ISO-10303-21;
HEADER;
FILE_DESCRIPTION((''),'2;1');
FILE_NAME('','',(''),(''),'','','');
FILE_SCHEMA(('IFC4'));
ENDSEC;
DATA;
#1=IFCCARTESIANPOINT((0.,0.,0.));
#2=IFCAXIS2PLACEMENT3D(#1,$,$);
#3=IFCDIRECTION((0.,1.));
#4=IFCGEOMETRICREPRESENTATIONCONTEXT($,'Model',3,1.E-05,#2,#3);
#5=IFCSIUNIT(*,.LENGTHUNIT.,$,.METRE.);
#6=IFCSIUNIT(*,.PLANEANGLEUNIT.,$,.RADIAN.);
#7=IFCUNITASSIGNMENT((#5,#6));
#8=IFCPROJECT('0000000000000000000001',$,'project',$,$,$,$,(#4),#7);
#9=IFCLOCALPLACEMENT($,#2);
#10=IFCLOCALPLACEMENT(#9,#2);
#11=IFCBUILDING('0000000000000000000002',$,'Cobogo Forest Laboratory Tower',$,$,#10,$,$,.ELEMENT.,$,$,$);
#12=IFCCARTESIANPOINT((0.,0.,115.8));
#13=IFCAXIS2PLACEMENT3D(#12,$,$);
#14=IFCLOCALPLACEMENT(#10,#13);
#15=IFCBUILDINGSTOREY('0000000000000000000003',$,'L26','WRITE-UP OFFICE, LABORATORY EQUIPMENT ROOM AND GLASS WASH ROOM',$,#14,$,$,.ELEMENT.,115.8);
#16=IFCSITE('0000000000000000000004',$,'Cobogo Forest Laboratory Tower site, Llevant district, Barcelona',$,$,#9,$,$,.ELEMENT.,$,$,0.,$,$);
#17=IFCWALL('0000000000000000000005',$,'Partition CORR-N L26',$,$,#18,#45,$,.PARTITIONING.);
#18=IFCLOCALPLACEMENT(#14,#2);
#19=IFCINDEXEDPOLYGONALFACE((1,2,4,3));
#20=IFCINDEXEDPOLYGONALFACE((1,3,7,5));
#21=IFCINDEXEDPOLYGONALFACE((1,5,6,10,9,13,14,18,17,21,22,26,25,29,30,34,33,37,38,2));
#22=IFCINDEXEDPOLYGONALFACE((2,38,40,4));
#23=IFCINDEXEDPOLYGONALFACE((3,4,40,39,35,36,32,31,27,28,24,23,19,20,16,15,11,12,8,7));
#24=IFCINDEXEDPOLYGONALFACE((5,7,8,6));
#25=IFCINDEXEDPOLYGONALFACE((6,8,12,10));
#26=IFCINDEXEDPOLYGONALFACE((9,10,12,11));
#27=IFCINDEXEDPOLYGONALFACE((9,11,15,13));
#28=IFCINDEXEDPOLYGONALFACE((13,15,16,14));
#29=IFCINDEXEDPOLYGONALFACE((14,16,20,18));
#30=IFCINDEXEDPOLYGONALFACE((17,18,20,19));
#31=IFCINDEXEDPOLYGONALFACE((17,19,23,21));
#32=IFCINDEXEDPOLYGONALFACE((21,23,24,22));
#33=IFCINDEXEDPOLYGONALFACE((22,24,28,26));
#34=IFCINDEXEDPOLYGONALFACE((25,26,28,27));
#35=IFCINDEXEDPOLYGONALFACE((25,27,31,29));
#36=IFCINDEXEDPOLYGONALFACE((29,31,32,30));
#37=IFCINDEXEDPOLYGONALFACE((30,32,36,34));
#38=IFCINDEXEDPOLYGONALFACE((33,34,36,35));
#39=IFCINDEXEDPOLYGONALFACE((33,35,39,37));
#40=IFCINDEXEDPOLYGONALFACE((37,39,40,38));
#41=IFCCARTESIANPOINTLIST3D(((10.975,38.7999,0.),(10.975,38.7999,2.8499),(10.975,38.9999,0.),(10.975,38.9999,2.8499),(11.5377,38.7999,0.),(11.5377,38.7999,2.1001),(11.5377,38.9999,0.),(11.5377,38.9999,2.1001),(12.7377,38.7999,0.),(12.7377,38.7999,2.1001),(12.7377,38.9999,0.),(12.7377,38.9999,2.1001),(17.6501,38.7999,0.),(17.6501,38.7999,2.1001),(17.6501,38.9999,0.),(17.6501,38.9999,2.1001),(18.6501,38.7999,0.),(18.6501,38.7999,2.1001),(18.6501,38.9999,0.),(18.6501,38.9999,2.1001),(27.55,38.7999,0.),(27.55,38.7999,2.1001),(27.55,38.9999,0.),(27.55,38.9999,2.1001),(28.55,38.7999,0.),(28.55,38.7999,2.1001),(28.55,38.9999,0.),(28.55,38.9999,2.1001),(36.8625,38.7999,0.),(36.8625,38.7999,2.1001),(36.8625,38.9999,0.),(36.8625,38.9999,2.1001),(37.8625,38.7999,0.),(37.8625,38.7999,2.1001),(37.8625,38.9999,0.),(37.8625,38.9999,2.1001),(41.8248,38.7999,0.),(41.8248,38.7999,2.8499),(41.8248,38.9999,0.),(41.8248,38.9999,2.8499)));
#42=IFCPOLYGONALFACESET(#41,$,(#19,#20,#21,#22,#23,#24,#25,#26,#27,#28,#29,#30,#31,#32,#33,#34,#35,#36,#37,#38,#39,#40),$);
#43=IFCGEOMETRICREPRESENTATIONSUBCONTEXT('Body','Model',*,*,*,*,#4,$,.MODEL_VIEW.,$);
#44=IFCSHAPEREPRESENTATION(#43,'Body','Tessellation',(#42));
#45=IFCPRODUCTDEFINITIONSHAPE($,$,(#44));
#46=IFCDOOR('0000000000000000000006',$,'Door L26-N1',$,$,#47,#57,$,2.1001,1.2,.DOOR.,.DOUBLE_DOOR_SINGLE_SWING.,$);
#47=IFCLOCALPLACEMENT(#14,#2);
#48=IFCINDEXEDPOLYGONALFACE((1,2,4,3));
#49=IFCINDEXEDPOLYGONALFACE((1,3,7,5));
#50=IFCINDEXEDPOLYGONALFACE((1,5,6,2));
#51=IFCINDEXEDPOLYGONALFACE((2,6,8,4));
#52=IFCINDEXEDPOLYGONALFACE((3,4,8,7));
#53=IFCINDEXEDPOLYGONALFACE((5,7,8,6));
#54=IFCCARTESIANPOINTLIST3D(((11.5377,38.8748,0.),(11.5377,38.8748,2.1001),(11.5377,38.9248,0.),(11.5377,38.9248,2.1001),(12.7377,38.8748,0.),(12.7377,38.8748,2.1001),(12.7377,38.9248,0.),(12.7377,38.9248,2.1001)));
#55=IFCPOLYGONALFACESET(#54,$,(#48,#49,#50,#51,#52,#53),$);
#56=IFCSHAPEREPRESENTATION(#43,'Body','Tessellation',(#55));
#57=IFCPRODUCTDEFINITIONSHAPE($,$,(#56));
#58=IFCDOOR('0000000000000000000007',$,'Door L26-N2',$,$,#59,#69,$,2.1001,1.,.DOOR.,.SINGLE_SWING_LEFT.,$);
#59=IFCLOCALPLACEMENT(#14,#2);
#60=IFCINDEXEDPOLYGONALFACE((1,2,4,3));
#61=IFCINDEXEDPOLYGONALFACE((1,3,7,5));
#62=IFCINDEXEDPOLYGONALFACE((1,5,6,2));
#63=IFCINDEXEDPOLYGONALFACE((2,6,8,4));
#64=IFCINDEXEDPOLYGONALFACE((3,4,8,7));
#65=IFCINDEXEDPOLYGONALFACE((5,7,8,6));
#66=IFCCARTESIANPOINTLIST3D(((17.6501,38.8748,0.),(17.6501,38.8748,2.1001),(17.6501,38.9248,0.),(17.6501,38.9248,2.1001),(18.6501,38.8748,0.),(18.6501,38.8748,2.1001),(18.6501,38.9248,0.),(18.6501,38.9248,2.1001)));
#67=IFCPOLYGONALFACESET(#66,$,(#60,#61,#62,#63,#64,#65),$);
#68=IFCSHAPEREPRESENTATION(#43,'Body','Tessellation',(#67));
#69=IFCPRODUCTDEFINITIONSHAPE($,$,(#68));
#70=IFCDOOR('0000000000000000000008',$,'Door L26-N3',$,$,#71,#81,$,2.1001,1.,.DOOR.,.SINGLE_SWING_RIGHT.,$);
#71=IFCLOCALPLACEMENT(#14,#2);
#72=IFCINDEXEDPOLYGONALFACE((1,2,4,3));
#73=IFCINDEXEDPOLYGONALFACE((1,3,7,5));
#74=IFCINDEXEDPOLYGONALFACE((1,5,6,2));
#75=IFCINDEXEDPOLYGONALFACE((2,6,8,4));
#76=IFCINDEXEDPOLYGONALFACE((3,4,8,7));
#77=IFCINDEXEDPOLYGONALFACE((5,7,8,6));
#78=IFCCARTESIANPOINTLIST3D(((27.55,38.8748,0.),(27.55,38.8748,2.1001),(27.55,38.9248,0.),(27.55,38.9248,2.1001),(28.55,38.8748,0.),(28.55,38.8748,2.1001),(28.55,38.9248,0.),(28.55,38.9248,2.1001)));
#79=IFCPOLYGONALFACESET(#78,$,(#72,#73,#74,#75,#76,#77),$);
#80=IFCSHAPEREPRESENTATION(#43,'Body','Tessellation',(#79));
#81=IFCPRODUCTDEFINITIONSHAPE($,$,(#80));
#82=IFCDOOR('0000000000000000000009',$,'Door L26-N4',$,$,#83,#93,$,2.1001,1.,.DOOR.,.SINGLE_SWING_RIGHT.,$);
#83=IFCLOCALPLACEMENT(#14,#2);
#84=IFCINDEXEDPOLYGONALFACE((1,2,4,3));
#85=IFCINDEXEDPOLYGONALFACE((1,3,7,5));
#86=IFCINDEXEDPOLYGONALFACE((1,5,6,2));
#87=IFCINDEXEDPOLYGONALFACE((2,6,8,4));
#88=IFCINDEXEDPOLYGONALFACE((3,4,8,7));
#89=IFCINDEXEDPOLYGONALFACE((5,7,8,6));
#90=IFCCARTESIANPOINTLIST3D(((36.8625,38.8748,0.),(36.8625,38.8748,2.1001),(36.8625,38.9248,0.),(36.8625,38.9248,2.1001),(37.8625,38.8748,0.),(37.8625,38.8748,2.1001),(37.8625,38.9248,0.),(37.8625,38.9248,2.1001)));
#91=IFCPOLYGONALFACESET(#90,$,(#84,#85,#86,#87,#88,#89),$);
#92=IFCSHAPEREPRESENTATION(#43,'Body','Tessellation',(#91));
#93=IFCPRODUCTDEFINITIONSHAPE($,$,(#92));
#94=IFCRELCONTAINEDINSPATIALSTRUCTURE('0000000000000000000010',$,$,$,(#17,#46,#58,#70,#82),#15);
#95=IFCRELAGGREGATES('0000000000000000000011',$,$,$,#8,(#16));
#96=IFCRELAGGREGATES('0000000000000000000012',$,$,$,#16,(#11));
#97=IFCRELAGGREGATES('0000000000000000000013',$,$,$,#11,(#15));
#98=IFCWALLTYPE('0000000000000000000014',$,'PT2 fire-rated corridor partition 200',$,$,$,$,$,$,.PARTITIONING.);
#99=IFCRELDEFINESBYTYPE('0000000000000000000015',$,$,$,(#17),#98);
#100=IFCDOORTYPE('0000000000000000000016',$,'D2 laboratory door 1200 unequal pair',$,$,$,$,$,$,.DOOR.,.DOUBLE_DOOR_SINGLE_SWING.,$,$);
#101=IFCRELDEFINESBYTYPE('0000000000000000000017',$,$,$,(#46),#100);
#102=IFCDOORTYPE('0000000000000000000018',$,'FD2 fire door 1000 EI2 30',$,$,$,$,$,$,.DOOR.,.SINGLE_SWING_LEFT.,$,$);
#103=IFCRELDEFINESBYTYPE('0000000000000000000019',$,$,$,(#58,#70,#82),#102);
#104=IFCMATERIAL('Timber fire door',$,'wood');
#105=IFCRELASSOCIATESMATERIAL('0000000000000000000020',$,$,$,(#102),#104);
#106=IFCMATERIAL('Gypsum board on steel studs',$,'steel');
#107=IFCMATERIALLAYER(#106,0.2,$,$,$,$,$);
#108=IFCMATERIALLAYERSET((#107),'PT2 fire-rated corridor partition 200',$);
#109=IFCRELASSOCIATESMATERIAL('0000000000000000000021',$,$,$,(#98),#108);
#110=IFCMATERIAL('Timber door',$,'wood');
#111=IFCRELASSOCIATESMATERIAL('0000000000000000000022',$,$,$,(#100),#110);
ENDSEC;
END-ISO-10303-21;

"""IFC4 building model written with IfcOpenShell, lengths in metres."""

from ifc_helpers import new_model, si_unit, direction, frame, frame_2d, origin, place, context, subcontext, project, spatial, rectangle, extrude, material, layer, layer_set, type_object, element, fill, save


model = new_model("IFC4")

# Units and contexts
model_context = context("Model", 3, precision=1e-05, world=origin(), true_north=direction((0.0, 1.0)))
body_context = subcontext(model_context, "Body", "Model", "MODEL_VIEW")
ifc_project = project(units=[si_unit("LENGTHUNIT", "METRE"), si_unit("PLANEANGLEUNIT", "RADIAN")], contexts=[model_context])

# Site, building, storey
site_placement = place(None, origin())
site = spatial("IfcSite", under=ifc_project, at=site_placement, Name="Cobogo Forest Laboratory Tower site, Llevant district, Barcelona", CompositionType="ELEMENT", RefElevation=0.0)
building_placement = place(site_placement, origin())
building = spatial("IfcBuilding", under=site, at=building_placement, Name="Cobogo Forest Laboratory Tower", CompositionType="ELEMENT")
storey_placement = place(building_placement, frame((0.0, 0.0, 115.8)))
storey = spatial("IfcBuildingStorey", under=building, at=storey_placement, Name="L26", Description="WRITE-UP OFFICE, LABORATORY EQUIPMENT ROOM AND GLASS WASH ROOM", CompositionType="ELEMENT", Elevation=115.8)

# Shared definitions
ifc_material_1 = material(Name="Gypsum board on steel studs", Category="steel")
ifc_material_2 = material(Name="Timber fire door", Category="wood")
door_type_1 = type_object("IfcDoorType", Name="FD2 fire door 1000 EI2 30", OperationType="SINGLE_SWING_LEFT", PredefinedType="DOOR", material=ifc_material_2)

# Wall, openings, doors
ifc_layer_1 = layer(ifc_material_1, 0.2)
ifc_layer_set_1 = layer_set([ifc_layer_1], Name="PT2 fire-rated corridor partition 200")
wall_type_1 = type_object("IfcWallType", Name="PT2 fire-rated corridor partition 200", PredefinedType="PARTITIONING", material=ifc_layer_set_1)
wall_1_placement = place(storey_placement, frame((10.9751, 38.8999, 0.0), z_axis=(0.0, 0.0, 1.0), x_axis=(1.0, 0.0, 0.0)))
wall_1 = element("IfcWall", 1, at=wall_1_placement, inside=storey, type_object=wall_type_1, Name="Partition CORR-N L26", PredefinedType="PARTITIONING", context=body_context, shape_type="SweptSolid", body=[
    extrude(rectangle(XDim=30.8499, YDim=0.2, at=frame_2d((15.4248, 0.0))), origin(), (0.0, 0.0, 1.0), 2.8499),
])
opening_1_placement = place(wall_1_placement, frame((0.5625, 0.0, 0.0)))
opening_1 = element("IfcOpeningElement", 2, at=opening_1_placement, cuts=wall_1, PredefinedType="OPENING", context=body_context, shape_type="SweptSolid", body=[
    extrude(rectangle(XDim=1.2, YDim=2.1001, at=frame_2d((0.6001, 1.05))), frame((0.0, 0.1099, 0.0), z_axis=(0.0, -1.0, 0.0), x_axis=(1.0, 0.0, 0.0)), (0.0, 0.0, 1.0), 0.22),
])
opening_2_placement = place(wall_1_placement, frame((6.675, 0.0, 0.0)))
opening_2 = element("IfcOpeningElement", 3, at=opening_2_placement, cuts=wall_1, PredefinedType="OPENING", context=body_context, shape_type="SweptSolid", body=[
    extrude(rectangle(XDim=1.0, YDim=2.1001, at=frame_2d((0.5, 1.05))), frame((0.0, 0.1099, 0.0), z_axis=(0.0, -1.0, 0.0), x_axis=(1.0, 0.0, 0.0)), (0.0, 0.0, 1.0), 0.22),
])
opening_3_placement = place(wall_1_placement, frame((16.575, 0.0, 0.0)))
opening_3 = element("IfcOpeningElement", 4, at=opening_3_placement, cuts=wall_1, PredefinedType="OPENING", context=body_context, shape_type="SweptSolid", body=[
    extrude(rectangle(XDim=1.0, YDim=2.1001, at=frame_2d((0.5, 1.05))), frame((0.0, 0.1099, 0.0), z_axis=(0.0, -1.0, 0.0), x_axis=(1.0, 0.0, 0.0)), (0.0, 0.0, 1.0), 0.22),
])
opening_4_placement = place(wall_1_placement, frame((25.8875, 0.0, 0.0)))
opening_4 = element("IfcOpeningElement", 5, at=opening_4_placement, cuts=wall_1, PredefinedType="OPENING", context=body_context, shape_type="SweptSolid", body=[
    extrude(rectangle(XDim=1.0, YDim=2.1001, at=frame_2d((0.5, 1.05))), frame((0.0, 0.1099, 0.0), z_axis=(0.0, -1.0, 0.0), x_axis=(1.0, 0.0, 0.0)), (0.0, 0.0, 1.0), 0.22),
])
ifc_material_3 = material(Name="Timber door", Category="wood")
door_type_2 = type_object("IfcDoorType", Name="D2 laboratory door 1200 unequal pair", OperationType="DOUBLE_DOOR_SINGLE_SWING", PredefinedType="DOOR", material=ifc_material_3)
door_1_placement = place(opening_1_placement, origin())
door_1 = element("IfcDoor", 6, at=door_1_placement, inside=storey, type_object=door_type_2, Name="Door L26-N1", OperationType="DOUBLE_DOOR_SINGLE_SWING", OverallHeight=2.1001, OverallWidth=1.2, PredefinedType="DOOR", context=body_context, shape_type="SweptSolid", body=[
    extrude(rectangle(XDim=1.2, YDim=2.1001, at=frame_2d((0.6001, 1.05))), frame((0.0, 0.0249, 0.0), z_axis=(0.0, -1.0, 0.0), x_axis=(1.0, 0.0, 0.0)), (0.0, 0.0, 1.0), 0.05),
])
fill(opening_1, door_1)
door_2_placement = place(opening_2_placement, origin())
door_2 = element("IfcDoor", 7, at=door_2_placement, inside=storey, type_object=door_type_1, Name="Door L26-N2", OperationType="SINGLE_SWING_LEFT", OverallHeight=2.1001, OverallWidth=1.0, PredefinedType="DOOR", context=body_context, shape_type="SweptSolid", body=[
    extrude(rectangle(XDim=1.0, YDim=2.1001, at=frame_2d((0.5, 1.05))), frame((0.0, 0.0249, 0.0), z_axis=(0.0, -1.0, 0.0), x_axis=(1.0, 0.0, 0.0)), (0.0, 0.0, 1.0), 0.05),
])
fill(opening_2, door_2)
door_3_placement = place(opening_3_placement, origin())
door_3 = element("IfcDoor", 8, at=door_3_placement, inside=storey, type_object=door_type_1, Name="Door L26-N3", OperationType="SINGLE_SWING_RIGHT", OverallHeight=2.1001, OverallWidth=1.0, PredefinedType="DOOR", context=body_context, shape_type="SweptSolid", body=[
    extrude(rectangle(XDim=1.0, YDim=2.1001, at=frame_2d((0.5, 1.05))), frame((0.0, 0.0249, 0.0), z_axis=(0.0, -1.0, 0.0), x_axis=(1.0, 0.0, 0.0)), (0.0, 0.0, 1.0), 0.05),
])
fill(opening_3, door_3)
door_4_placement = place(opening_4_placement, origin())
door_4 = element("IfcDoor", 9, at=door_4_placement, inside=storey, type_object=door_type_1, Name="Door L26-N4", OperationType="SINGLE_SWING_RIGHT", OverallHeight=2.1001, OverallWidth=1.0, PredefinedType="DOOR", context=body_context, shape_type="SweptSolid", body=[
    extrude(rectangle(XDim=1.0, YDim=2.1001, at=frame_2d((0.5, 1.05))), frame((0.0, 0.0249, 0.0), z_axis=(0.0, -1.0, 0.0), x_axis=(1.0, 0.0, 0.0)), (0.0, 0.0, 1.0), 0.05),
])
fill(opening_4, door_4)

save(model, "model.ifc")
